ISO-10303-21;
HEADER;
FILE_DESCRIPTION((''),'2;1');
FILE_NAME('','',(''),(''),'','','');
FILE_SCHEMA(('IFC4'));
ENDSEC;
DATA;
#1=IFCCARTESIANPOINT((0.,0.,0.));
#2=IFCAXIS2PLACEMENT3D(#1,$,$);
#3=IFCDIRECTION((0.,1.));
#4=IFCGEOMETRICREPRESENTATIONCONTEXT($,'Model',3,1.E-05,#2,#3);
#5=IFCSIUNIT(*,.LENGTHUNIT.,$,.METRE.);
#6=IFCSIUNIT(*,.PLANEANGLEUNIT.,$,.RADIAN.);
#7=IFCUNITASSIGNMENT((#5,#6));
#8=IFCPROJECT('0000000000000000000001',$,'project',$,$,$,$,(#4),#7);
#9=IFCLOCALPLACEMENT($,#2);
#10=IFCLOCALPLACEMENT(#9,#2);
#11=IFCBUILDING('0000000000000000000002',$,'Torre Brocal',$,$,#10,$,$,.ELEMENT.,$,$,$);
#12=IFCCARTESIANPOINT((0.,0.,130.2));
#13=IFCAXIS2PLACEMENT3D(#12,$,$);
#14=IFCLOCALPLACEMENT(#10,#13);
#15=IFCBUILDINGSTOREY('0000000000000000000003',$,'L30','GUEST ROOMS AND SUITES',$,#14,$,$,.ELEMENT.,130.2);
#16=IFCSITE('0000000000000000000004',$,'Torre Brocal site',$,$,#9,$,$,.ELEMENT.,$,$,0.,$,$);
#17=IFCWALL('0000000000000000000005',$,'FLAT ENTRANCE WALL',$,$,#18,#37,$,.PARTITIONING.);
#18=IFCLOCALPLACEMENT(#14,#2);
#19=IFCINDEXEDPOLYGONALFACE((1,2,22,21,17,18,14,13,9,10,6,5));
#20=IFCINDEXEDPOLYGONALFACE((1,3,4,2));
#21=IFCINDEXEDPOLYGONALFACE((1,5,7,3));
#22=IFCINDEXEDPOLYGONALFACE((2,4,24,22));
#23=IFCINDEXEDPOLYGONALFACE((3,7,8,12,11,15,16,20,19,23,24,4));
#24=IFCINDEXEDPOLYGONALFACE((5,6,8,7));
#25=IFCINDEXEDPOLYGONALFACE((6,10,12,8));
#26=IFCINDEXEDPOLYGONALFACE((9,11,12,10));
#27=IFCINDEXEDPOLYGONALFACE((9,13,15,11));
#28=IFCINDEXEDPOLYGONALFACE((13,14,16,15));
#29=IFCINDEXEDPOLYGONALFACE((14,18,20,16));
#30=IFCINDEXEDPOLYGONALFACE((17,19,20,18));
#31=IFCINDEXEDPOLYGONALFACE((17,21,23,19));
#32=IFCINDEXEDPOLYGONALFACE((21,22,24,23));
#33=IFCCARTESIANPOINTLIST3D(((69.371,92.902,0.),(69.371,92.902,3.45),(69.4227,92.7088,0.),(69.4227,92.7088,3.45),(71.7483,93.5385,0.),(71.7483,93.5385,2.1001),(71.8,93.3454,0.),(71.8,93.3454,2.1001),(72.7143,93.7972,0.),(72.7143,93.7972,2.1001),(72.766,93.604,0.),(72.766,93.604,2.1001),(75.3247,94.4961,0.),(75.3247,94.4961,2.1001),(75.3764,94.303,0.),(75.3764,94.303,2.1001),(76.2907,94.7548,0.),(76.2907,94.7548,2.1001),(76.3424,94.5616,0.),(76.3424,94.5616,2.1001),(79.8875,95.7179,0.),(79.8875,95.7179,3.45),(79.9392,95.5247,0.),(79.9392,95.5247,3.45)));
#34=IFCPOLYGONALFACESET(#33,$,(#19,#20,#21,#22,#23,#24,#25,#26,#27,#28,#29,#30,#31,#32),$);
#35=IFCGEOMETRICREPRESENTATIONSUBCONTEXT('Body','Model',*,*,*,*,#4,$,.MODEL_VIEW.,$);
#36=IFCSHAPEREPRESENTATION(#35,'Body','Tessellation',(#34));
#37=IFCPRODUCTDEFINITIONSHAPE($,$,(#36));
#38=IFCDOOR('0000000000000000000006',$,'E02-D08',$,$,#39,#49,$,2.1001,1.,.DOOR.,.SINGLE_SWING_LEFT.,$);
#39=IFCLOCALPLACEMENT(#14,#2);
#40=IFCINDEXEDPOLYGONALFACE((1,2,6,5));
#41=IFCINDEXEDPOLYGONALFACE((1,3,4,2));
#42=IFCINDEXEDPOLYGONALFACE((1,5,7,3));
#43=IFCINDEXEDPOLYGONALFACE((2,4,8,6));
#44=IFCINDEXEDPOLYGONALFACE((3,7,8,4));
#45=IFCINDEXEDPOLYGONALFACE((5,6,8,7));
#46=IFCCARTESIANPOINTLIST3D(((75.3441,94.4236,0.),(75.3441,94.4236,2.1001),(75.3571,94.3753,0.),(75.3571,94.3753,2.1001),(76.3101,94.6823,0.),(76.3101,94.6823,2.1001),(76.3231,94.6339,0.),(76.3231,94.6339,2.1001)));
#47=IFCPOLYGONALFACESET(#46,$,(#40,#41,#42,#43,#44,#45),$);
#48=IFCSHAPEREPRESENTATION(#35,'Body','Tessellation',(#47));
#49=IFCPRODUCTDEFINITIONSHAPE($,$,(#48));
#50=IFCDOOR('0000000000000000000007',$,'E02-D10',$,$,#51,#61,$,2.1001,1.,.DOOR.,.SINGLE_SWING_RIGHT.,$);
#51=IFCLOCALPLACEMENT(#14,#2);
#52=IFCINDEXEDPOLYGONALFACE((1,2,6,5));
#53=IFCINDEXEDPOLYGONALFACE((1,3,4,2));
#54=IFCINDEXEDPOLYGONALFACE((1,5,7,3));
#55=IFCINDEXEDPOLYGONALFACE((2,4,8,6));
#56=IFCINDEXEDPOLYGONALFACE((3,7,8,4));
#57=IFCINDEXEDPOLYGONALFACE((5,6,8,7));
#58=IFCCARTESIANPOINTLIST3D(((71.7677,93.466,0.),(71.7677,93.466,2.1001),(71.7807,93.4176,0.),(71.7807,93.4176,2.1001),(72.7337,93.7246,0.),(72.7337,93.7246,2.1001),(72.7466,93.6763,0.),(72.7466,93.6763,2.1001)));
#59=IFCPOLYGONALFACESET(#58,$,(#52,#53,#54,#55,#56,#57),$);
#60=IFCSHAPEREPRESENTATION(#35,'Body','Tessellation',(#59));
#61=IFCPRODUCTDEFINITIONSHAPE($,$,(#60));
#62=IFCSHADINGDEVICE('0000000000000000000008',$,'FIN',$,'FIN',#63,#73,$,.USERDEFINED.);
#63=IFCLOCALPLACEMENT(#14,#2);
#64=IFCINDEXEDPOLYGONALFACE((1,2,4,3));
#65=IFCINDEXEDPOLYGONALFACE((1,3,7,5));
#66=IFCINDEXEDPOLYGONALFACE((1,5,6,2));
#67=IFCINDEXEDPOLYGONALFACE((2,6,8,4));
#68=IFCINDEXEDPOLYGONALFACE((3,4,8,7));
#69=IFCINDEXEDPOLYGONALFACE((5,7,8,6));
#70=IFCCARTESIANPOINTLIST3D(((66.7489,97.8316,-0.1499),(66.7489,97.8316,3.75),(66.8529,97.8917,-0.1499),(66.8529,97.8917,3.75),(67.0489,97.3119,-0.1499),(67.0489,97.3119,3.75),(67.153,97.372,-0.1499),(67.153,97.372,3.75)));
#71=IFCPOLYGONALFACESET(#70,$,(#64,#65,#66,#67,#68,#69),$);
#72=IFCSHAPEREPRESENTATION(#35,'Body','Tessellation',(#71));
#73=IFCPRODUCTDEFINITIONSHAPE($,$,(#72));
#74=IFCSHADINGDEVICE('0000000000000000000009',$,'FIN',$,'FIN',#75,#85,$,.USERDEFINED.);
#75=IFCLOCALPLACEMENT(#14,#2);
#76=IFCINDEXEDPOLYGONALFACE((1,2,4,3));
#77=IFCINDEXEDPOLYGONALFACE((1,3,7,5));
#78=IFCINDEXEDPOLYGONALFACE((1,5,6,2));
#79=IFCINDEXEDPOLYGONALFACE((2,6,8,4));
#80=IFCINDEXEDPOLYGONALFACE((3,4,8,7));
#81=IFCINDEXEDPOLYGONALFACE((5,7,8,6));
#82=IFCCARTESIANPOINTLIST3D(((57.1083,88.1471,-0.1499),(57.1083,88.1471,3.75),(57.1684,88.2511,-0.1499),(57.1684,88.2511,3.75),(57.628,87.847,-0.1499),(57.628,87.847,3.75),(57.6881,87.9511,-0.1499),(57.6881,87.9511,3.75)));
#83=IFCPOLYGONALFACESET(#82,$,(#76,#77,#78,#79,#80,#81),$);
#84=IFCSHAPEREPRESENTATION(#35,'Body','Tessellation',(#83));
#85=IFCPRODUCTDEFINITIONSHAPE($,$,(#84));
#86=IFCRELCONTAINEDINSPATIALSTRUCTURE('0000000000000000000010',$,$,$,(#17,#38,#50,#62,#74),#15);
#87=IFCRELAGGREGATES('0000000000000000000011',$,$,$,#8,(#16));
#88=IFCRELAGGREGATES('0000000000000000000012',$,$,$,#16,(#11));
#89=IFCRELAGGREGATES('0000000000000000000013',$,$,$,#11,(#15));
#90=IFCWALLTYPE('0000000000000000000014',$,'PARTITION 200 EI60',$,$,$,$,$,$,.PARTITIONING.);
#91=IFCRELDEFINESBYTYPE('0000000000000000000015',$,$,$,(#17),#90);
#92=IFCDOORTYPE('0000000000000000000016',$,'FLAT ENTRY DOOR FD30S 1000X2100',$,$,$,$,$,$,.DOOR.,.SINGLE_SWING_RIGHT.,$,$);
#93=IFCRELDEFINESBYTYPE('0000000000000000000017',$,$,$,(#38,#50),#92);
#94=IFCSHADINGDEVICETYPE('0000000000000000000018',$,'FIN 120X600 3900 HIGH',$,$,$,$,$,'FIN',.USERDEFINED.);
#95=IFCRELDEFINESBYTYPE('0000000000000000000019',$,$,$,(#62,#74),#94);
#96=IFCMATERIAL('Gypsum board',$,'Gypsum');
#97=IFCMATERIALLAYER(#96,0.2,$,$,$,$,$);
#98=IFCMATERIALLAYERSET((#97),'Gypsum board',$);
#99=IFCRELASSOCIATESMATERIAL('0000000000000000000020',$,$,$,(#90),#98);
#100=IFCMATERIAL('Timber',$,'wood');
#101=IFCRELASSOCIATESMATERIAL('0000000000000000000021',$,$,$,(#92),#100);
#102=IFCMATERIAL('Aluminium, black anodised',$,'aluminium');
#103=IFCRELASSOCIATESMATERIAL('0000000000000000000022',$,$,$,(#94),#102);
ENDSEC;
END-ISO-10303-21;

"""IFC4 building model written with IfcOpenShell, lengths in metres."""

from ifc_helpers import new_model, si_unit, direction, frame, frame_2d, origin, origin_2d, place, context, subcontext, project, spatial, rectangle, extrude, material, layer, layer_set, material_profile, profile_set, type_object, element, fill, save


model = new_model("IFC4")

# Units and contexts
model_context = context("Model", 3, precision=1e-05, world=origin(), true_north=direction((0.0, 1.0)))
body_context = subcontext(model_context, "Body", "Model", "MODEL_VIEW")
ifc_project = project(units=[si_unit("LENGTHUNIT", "METRE"), si_unit("PLANEANGLEUNIT", "RADIAN")], contexts=[model_context])

# Site, building, storey
site_placement = place(None, origin())
site = spatial("IfcSite", under=ifc_project, at=site_placement, Name="Torre Brocal site", CompositionType="ELEMENT", RefElevation=0.0)
building_placement = place(site_placement, origin())
building = spatial("IfcBuilding", under=site, at=building_placement, Name="Torre Brocal", CompositionType="ELEMENT")
storey_placement = place(building_placement, frame((0.0, 0.0, 130.2)))
storey = spatial("IfcBuildingStorey", under=building, at=storey_placement, Name="L30", Description="GUEST ROOMS AND SUITES", CompositionType="ELEMENT", Elevation=130.2)

# Shared definitions
ifc_material_1 = material(Name="Gypsum board", Category="Gypsum")
ifc_layer_1 = layer(ifc_material_1, 0.2)
ifc_layer_set_1 = layer_set([ifc_layer_1], Name="Gypsum board")
wall_type_1 = type_object("IfcWallType", Name="PARTITION 200 EI60", PredefinedType="PARTITIONING", material=ifc_layer_set_1)

# Wall, openings, doors
wall_1_placement = place(storey_placement, frame((69.397, 92.8054, 0.0), z_axis=(0.0, 0.0, 1.0), x_axis=(0.965972, 0.258648, 0.0)))
wall_1 = element("IfcWall", 1, at=wall_1_placement, inside=storey, type_object=wall_type_1, Name="FLAT ENTRANCE WALL", PredefinedType="PARTITIONING", context=body_context, shape_type="SweptSolid", body=[
    extrude(rectangle(XDim=10.887, YDim=0.2, at=frame_2d((5.4434, 0.0))), origin(), (0.0, 0.0, 1.0), 3.45),
])
opening_1_placement = place(wall_1_placement, frame((6.1633, 0.0, 0.0)))
opening_1 = element("IfcOpeningElement", 2, at=opening_1_placement, cuts=wall_1, PredefinedType="OPENING", context=body_context, shape_type="SweptSolid", body=[
    extrude(rectangle(XDim=1.0, YDim=2.1001, at=frame_2d((0.5, 1.05))), frame((0.0, 0.1099, 0.0), z_axis=(0.0, -1.0, 0.0), x_axis=(1.0, 0.0, 0.0)), (0.0, 0.0, 1.0), 0.22),
])
opening_2_placement = place(wall_1_placement, frame((2.4609, 0.0, 0.0)))
opening_2 = element("IfcOpeningElement", 3, at=opening_2_placement, cuts=wall_1, PredefinedType="OPENING", context=body_context, shape_type="SweptSolid", body=[
    extrude(rectangle(XDim=1.0, YDim=2.1001, at=frame_2d((0.5, 1.05))), frame((0.0, 0.1099, 0.0), z_axis=(0.0, -1.0, 0.0), x_axis=(1.0, 0.0, 0.0)), (0.0, 0.0, 1.0), 0.22),
])
ifc_material_2 = material(Name="Timber", Category="wood")
door_type_1 = type_object("IfcDoorType", Name="FLAT ENTRY DOOR FD30S 1000X2100", OperationType="SINGLE_SWING_RIGHT", PredefinedType="DOOR", material=ifc_material_2)
door_1_placement = place(opening_1_placement, origin())
door_1 = element("IfcDoor", 4, at=door_1_placement, inside=storey, type_object=door_type_1, Name="E02-D08", OperationType="SINGLE_SWING_LEFT", OverallHeight=2.1001, OverallWidth=1.0, PredefinedType="DOOR", context=body_context, shape_type="SweptSolid", body=[
    extrude(rectangle(XDim=1.0, YDim=2.1001, at=frame_2d((0.5, 1.05))), frame((0.0, 0.0249, 0.0), z_axis=(0.0, -1.0, 0.0), x_axis=(1.0, 0.0, 0.0)), (0.0, 0.0, 1.0), 0.05),
])
fill(opening_1, door_1)
door_2_placement = place(opening_2_placement, origin())
door_2 = element("IfcDoor", 5, at=door_2_placement, inside=storey, type_object=door_type_1, Name="E02-D10", OperationType="SINGLE_SWING_RIGHT", OverallHeight=2.1001, OverallWidth=1.0, PredefinedType="DOOR", context=body_context, shape_type="SweptSolid", body=[
    extrude(rectangle(XDim=1.0, YDim=2.1001, at=frame_2d((0.5, 1.05))), frame((0.0, 0.0249, 0.0), z_axis=(0.0, -1.0, 0.0), x_axis=(1.0, 0.0, 0.0)), (0.0, 0.0, 1.0), 0.05),
])
fill(opening_2, door_2)

# Shading devices
ifc_material_3 = material(Name="Aluminium, black anodised", Category="aluminium")
ifc_material_profile_1 = material_profile(ifc_material_3, rectangle(XDim=0.1201, YDim=0.6001, at=origin_2d()), Name="FIN 120X600 3900 HIGH")
ifc_profile_set_1 = profile_set([ifc_material_profile_1], Name="Aluminium, black anodised")
shading_device_type = type_object("IfcShadingDeviceType", Name="FIN 120X600 3900 HIGH", ElementType="FIN", PredefinedType="USERDEFINED", material=ifc_profile_set_1)
for number, where, z_axis, x_axis, name in (
    (6, (66.9509, 97.6018, -0.1499), (0.0, 0.0, 1.0), (-0.866025, -0.5, 0.0), "FIN"),
    (7, (57.3982, 88.0491, -0.1499), (0.0, 0.0, 1.0), (-0.5, -0.866025, 0.0), "FIN"),
):
    element("IfcShadingDevice", number, at=place(storey_placement, frame(where, z_axis=z_axis, x_axis=x_axis)), inside=storey, type_object=shading_device_type, Name=name, ObjectType="FIN", PredefinedType="USERDEFINED", context=body_context, shape_type="SweptSolid", body=[
        extrude(rectangle(XDim=0.1201, YDim=0.6001, at=origin_2d()), origin(), (0.0, 0.0, 1.0), 3.8999),
    ])

save(model, "model.ifc")
